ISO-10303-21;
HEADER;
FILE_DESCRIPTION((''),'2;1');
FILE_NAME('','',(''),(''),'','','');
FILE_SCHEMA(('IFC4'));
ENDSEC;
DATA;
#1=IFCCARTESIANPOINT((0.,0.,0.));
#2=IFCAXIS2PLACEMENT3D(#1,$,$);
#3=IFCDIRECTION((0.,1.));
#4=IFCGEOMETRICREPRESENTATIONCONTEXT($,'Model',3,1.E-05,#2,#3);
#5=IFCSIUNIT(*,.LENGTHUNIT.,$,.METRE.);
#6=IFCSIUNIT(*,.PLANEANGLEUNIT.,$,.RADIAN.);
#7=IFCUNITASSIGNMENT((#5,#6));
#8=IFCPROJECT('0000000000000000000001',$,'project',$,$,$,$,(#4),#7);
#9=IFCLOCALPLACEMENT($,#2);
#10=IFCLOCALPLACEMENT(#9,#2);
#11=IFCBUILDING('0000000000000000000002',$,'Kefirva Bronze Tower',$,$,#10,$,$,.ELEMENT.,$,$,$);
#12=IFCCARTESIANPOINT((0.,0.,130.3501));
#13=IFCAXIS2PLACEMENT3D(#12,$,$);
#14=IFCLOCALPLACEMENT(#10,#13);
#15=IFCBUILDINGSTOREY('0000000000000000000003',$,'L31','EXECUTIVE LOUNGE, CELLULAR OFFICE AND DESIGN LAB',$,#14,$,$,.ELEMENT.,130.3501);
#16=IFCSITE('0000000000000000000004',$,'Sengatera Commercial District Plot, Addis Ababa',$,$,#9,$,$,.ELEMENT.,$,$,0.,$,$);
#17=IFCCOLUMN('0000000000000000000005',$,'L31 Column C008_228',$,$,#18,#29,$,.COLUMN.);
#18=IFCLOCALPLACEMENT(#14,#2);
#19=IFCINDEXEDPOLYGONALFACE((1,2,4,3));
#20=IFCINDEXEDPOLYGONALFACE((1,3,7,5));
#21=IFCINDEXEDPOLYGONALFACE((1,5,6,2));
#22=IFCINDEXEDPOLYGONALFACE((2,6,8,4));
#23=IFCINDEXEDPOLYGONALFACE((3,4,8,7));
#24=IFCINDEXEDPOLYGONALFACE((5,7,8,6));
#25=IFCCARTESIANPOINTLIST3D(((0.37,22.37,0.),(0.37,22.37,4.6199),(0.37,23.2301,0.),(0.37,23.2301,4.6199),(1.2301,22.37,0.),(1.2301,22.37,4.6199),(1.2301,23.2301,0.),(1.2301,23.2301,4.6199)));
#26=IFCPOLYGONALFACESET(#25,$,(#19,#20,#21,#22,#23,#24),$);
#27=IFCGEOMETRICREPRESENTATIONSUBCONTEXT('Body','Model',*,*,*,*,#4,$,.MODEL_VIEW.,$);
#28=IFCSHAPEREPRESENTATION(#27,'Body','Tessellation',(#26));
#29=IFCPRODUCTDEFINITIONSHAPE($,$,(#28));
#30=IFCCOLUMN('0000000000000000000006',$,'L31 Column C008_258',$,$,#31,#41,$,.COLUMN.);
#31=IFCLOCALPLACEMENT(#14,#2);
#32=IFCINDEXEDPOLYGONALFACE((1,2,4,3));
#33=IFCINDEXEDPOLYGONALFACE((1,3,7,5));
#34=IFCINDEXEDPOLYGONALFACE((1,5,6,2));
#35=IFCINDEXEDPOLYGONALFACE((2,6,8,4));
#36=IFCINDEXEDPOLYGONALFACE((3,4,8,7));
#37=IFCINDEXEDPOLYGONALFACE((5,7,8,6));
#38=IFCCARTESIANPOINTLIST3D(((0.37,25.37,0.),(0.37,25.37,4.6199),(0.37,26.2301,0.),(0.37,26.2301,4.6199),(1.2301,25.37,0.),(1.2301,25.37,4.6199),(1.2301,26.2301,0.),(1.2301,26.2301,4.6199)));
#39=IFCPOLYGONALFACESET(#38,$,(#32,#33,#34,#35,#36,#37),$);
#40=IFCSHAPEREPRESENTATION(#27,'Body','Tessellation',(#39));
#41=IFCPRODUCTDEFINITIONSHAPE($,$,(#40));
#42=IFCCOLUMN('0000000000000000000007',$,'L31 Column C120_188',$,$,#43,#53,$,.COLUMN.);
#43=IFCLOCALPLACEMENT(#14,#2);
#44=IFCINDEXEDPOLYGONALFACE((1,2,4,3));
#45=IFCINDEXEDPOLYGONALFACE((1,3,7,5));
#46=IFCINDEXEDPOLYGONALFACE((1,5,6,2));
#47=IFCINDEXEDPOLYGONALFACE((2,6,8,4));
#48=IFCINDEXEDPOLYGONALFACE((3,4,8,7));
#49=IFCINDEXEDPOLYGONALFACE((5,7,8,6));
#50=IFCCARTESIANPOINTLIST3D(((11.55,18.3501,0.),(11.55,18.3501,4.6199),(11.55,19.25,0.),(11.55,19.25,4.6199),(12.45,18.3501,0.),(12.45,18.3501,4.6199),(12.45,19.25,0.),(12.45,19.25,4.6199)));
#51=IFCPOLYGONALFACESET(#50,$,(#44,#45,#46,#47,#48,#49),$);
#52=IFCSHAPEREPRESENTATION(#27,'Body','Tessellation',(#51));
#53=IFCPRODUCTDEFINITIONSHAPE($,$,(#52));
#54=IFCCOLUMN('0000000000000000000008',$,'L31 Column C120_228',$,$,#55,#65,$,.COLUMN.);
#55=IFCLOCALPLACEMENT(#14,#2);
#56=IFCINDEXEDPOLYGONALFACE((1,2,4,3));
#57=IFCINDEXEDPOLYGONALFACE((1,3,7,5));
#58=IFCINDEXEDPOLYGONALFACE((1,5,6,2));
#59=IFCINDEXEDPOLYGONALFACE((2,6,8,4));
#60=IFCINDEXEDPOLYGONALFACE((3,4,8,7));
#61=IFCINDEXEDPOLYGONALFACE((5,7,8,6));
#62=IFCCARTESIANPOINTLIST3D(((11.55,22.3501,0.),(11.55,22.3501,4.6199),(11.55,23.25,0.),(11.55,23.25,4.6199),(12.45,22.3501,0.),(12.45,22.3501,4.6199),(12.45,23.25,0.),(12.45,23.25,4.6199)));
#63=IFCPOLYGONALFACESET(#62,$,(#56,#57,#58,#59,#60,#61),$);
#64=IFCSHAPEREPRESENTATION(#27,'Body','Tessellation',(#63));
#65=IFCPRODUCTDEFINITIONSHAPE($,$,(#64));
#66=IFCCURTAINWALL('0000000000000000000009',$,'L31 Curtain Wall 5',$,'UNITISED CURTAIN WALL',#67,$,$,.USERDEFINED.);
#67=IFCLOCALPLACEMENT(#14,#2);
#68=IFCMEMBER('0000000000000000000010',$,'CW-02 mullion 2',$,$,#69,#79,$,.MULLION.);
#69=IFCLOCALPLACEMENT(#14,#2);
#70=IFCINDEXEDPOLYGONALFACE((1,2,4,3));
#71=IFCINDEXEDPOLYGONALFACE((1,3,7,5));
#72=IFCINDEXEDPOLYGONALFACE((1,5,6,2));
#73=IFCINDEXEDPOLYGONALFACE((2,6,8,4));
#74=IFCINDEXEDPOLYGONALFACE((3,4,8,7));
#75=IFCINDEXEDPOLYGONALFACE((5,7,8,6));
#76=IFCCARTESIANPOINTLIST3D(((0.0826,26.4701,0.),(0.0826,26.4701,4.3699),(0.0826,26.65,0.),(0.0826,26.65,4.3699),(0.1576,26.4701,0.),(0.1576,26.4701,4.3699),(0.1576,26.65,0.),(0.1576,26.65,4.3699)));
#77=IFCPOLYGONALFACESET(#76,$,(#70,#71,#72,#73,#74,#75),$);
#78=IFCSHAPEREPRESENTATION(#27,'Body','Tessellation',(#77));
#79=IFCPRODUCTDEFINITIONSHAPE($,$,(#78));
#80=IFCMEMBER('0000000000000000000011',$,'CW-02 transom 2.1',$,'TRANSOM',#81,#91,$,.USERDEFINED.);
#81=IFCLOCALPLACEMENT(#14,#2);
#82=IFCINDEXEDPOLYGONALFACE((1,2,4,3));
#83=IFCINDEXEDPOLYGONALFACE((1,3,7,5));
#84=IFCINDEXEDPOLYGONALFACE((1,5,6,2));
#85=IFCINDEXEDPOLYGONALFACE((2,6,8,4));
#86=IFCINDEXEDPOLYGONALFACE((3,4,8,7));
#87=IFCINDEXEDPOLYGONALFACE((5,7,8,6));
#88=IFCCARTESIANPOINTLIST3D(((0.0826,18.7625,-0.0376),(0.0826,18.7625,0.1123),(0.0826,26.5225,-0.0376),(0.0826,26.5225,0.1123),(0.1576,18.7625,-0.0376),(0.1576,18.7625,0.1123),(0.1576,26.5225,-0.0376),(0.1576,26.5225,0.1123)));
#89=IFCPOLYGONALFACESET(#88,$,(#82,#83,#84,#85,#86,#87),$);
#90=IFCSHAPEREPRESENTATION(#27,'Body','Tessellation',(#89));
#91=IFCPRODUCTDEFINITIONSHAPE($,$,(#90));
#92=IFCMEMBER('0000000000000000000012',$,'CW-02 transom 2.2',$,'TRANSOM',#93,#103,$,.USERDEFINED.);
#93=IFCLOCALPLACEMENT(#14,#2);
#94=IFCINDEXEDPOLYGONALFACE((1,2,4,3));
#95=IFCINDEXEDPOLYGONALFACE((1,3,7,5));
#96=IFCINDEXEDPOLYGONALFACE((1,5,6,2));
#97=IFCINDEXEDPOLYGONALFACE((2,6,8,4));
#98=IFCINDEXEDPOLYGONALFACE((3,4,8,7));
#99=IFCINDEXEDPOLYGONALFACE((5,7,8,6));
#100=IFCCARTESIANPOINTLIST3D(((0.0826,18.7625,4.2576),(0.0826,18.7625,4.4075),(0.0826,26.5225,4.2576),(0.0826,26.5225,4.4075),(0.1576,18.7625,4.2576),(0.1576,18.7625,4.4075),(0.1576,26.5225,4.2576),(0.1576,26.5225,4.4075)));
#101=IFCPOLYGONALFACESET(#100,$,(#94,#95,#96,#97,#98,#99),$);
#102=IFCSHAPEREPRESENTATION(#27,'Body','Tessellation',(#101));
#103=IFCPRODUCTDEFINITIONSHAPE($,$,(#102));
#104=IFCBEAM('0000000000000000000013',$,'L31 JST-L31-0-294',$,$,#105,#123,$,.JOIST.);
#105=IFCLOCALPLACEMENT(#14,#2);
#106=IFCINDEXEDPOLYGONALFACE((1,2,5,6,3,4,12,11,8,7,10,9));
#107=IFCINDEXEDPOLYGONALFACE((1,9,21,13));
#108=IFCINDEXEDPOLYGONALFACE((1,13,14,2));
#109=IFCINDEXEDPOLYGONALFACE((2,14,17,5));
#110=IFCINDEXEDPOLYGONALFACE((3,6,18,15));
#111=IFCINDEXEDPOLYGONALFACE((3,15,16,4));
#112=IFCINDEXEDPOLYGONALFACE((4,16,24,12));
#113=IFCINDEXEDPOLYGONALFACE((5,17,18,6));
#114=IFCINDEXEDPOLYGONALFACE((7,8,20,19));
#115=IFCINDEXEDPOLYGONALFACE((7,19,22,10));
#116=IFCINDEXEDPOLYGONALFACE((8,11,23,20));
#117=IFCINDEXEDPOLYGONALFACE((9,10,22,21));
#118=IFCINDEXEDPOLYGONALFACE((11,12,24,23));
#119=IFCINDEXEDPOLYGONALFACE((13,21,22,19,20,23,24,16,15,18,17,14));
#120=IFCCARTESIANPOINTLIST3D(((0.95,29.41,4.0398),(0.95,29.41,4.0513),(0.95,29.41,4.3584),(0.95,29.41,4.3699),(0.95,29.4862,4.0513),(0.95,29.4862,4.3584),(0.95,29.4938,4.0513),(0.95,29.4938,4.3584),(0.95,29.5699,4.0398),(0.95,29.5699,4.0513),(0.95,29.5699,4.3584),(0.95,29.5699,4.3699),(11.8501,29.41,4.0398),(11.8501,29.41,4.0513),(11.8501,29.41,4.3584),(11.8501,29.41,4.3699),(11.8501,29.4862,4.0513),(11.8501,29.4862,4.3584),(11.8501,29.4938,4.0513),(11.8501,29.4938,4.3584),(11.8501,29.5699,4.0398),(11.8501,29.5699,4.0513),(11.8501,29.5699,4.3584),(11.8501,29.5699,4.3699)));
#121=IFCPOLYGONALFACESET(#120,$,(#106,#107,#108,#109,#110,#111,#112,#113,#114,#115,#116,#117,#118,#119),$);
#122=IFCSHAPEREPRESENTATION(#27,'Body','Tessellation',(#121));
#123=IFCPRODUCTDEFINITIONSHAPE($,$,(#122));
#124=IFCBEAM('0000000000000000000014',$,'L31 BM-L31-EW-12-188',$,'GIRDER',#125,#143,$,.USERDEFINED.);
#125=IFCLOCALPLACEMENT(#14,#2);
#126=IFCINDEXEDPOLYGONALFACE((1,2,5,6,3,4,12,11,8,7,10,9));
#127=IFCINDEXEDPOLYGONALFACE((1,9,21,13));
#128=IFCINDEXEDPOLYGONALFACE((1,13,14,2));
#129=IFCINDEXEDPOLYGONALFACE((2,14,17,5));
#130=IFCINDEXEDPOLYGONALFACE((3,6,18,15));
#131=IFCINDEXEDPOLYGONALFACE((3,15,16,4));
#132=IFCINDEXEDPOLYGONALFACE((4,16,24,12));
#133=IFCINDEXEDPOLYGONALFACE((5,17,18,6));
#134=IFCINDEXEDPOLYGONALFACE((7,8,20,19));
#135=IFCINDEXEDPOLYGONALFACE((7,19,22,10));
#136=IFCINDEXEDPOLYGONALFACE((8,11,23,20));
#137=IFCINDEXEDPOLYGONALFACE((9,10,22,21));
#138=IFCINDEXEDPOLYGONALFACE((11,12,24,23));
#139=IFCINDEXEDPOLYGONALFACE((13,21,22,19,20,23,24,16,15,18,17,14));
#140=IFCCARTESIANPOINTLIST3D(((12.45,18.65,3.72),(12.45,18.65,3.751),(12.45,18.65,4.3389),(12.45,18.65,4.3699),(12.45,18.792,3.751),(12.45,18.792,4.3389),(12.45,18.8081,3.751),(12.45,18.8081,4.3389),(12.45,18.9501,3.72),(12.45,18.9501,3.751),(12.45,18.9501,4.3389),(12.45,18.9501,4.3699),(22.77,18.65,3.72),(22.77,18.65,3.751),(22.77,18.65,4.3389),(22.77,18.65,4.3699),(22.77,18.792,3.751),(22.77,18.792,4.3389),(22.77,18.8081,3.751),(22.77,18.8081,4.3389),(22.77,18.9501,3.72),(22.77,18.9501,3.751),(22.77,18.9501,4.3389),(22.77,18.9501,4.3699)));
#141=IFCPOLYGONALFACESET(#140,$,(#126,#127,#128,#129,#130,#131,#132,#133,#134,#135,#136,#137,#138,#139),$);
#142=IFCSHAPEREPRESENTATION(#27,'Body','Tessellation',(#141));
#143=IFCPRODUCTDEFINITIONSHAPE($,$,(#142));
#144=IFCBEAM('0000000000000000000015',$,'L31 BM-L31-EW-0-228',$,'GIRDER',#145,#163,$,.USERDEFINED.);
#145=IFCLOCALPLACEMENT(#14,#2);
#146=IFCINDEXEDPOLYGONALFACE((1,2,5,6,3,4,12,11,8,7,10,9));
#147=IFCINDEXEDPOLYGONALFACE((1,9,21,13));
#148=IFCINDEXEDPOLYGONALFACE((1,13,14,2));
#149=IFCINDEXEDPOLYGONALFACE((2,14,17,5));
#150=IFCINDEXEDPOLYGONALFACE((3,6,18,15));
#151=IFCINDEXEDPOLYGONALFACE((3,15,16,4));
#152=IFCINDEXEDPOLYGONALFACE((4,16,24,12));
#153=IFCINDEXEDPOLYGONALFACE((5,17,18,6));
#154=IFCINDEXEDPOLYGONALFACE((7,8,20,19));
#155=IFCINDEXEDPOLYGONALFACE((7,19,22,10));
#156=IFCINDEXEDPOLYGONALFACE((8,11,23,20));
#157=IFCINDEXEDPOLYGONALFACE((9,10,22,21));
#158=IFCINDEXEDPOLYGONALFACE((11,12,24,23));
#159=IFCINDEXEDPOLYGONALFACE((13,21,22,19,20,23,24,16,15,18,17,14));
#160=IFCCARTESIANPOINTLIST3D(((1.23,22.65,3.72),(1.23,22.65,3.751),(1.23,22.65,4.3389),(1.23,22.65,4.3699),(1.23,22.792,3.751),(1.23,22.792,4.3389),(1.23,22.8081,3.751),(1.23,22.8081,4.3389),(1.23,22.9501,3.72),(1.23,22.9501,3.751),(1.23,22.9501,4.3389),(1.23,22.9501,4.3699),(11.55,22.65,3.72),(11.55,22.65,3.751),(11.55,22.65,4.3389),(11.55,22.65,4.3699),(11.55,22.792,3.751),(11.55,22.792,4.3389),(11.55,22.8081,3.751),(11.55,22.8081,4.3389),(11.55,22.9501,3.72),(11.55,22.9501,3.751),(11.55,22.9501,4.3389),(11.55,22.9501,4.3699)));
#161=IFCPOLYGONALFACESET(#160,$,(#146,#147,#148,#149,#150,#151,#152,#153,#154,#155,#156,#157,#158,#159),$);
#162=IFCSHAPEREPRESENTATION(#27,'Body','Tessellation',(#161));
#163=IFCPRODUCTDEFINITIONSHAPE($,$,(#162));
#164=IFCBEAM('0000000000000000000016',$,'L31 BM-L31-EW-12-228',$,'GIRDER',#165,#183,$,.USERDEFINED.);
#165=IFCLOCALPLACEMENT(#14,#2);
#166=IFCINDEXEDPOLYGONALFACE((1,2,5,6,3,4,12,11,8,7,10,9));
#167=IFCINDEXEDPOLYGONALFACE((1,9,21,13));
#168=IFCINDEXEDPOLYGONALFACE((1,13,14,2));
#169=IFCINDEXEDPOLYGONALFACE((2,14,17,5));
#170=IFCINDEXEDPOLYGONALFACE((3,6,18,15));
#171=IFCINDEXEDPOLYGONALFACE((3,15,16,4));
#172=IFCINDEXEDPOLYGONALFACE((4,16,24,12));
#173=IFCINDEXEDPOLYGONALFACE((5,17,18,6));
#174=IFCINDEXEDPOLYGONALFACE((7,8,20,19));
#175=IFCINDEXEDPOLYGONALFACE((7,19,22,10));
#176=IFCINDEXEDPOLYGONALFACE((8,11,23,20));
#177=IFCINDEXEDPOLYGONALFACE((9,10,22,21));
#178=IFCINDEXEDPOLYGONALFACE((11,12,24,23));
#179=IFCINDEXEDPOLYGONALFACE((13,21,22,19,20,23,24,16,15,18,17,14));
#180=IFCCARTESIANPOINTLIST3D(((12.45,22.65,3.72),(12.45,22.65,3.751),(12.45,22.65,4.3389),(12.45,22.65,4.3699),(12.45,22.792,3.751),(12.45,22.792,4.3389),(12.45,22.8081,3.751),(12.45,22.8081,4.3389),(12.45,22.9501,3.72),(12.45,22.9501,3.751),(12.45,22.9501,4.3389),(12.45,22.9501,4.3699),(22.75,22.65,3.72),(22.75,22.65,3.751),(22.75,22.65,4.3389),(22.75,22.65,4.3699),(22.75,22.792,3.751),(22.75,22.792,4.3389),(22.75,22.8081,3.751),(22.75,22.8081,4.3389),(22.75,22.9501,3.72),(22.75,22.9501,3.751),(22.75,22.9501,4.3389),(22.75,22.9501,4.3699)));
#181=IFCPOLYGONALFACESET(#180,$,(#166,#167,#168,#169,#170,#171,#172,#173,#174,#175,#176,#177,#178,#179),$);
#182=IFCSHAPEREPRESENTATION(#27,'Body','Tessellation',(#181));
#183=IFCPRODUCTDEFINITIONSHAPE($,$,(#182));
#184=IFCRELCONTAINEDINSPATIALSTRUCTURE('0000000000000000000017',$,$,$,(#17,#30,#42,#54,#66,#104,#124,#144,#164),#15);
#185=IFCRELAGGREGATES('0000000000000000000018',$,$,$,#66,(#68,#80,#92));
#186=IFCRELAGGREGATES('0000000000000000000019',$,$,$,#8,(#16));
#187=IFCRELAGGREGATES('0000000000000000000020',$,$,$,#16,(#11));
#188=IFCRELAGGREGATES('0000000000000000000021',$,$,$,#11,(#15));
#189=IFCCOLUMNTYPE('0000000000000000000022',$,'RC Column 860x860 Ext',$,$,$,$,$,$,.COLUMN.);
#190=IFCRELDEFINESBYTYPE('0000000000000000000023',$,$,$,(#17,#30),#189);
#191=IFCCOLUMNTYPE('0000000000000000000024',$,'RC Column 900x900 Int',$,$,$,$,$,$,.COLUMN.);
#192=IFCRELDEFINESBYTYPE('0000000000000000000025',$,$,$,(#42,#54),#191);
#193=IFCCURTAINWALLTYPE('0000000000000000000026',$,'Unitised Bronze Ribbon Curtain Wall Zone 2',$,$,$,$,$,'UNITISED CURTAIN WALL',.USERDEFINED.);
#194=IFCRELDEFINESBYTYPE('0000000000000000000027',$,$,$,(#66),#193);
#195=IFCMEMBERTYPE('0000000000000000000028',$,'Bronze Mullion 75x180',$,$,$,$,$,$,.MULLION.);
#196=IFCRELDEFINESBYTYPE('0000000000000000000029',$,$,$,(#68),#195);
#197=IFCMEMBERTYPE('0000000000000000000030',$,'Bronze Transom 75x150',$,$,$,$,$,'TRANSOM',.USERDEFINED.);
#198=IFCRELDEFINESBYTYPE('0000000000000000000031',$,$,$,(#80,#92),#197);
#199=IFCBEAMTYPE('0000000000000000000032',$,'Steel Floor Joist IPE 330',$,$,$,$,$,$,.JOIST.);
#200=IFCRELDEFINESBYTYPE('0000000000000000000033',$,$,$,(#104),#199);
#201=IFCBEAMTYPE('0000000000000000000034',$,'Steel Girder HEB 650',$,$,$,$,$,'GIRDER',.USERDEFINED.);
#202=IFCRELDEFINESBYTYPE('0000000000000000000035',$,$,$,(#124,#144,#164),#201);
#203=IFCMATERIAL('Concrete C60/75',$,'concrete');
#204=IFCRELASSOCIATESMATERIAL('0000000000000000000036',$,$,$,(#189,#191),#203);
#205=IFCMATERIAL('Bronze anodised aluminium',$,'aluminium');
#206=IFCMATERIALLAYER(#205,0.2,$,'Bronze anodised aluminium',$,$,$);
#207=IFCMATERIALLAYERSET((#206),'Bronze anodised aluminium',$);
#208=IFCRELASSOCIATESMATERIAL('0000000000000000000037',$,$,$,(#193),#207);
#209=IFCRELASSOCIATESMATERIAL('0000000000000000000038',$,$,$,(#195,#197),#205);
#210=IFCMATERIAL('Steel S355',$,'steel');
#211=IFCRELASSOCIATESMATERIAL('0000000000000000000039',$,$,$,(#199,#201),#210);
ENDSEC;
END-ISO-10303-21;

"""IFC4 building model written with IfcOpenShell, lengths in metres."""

from ifc_helpers import new_model, si_unit, direction, frame, origin, origin_2d, place, context, subcontext, project, spatial, rectangle, i_section, extrude, material, layer, layer_set, material_profile, profile_set, type_object, element, aggregate, save


model = new_model("IFC4")

# Units and contexts
model_context = context("Model", 3, precision=1e-05, world=origin(), true_north=direction((0.0, 1.0)))
body_context = subcontext(model_context, "Body", "Model", "MODEL_VIEW")
ifc_project = project(units=[si_unit("LENGTHUNIT", "METRE"), si_unit("PLANEANGLEUNIT", "RADIAN")], contexts=[model_context])

# Site, building, storey
site_placement = place(None, origin())
site = spatial("IfcSite", under=ifc_project, at=site_placement, Name="Sengatera Commercial District Plot, Addis Ababa", CompositionType="ELEMENT", RefElevation=0.0)
building_placement = place(site_placement, origin())
building = spatial("IfcBuilding", under=site, at=building_placement, Name="Kefirva Bronze Tower", CompositionType="ELEMENT")
storey_placement = place(building_placement, frame((0.0, 0.0, 130.3501)))
storey = spatial("IfcBuildingStorey", under=building, at=storey_placement, Name="L31", Description="EXECUTIVE LOUNGE, CELLULAR OFFICE AND DESIGN LAB", CompositionType="ELEMENT", Elevation=130.3501)

# Columns
ifc_material_1 = material(Name="Concrete C60/75", Category="concrete")
ifc_material_profile_1 = material_profile(ifc_material_1, rectangle(XDim=0.8601, YDim=0.8601, at=origin_2d()), Name="RC 860x860")
ifc_profile_set_1 = profile_set([ifc_material_profile_1], Name="Concrete C60/75")
column_type_1 = type_object("IfcColumnType", Name="RC Column 860x860 Ext", PredefinedType="COLUMN", material=ifc_profile_set_1)
for number, where, z_axis, x_axis, name in (
    (1, (0.8, 22.8, 0.0), (0.0, 0.0, 1.0), (1.0, 0.0, 0.0), "L31 Column C008_228"),
    (2, (0.8, 25.8, 0.0), (0.0, 0.0, 1.0), (1.0, 0.0, 0.0), "L31 Column C008_258"),
):
    element("IfcColumn", number, at=place(storey_placement, frame(where, z_axis=z_axis, x_axis=x_axis)), inside=storey, type_object=column_type_1, Name=name, PredefinedType="COLUMN", context=body_context, shape_type="SweptSolid", body=[
        extrude(rectangle(XDim=0.8601, YDim=0.8601, at=origin_2d()), origin(), (0.0, 0.0, 1.0), 4.6199),
    ])
ifc_material_profile_2 = material_profile(ifc_material_1, rectangle(XDim=0.8999, YDim=0.8999, at=origin_2d()), Name="RC 900x900")
ifc_profile_set_2 = profile_set([ifc_material_profile_2], Name="Concrete C60/75")
column_type_2 = type_object("IfcColumnType", Name="RC Column 900x900 Int", PredefinedType="COLUMN", material=ifc_profile_set_2)
for number, where, z_axis, x_axis, name in (
    (3, (12.0, 18.8, 0.0), (0.0, 0.0, 1.0), (1.0, 0.0, 0.0), "L31 Column C120_188"),
    (4, (12.0, 22.8, 0.0), (0.0, 0.0, 1.0), (1.0, 0.0, 0.0), "L31 Column C120_228"),
):
    element("IfcColumn", number, at=place(storey_placement, frame(where, z_axis=z_axis, x_axis=x_axis)), inside=storey, type_object=column_type_2, Name=name, PredefinedType="COLUMN", context=body_context, shape_type="SweptSolid", body=[
        extrude(rectangle(XDim=0.8999, YDim=0.8999, at=origin_2d()), origin(), (0.0, 0.0, 1.0), 4.6199),
    ])

# Curtain wall, members
ifc_material_2 = material(Name="Bronze anodised aluminium", Category="aluminium")
ifc_layer_1 = layer(ifc_material_2, 0.2, Name="Bronze anodised aluminium")
ifc_layer_set_1 = layer_set([ifc_layer_1], Name="Bronze anodised aluminium")
curtain_wall_type = type_object("IfcCurtainWallType", Name="Unitised Bronze Ribbon Curtain Wall Zone 2", ElementType="UNITISED CURTAIN WALL", PredefinedType="USERDEFINED", material=ifc_layer_set_1)
curtain_wall_placement = place(storey_placement, origin())
curtain_wall = element("IfcCurtainWall", 5, at=curtain_wall_placement, inside=storey, type_object=curtain_wall_type, Name="L31 Curtain Wall 5", ObjectType="UNITISED CURTAIN WALL", PredefinedType="USERDEFINED")
ifc_material_profile_3 = material_profile(ifc_material_2, rectangle(XDim=0.075, YDim=0.1799, at=origin_2d()), Name="ALU 75x180")
ifc_profile_set_3 = profile_set([ifc_material_profile_3], Name="Bronze anodised aluminium")
member_type_1 = type_object("IfcMemberType", Name="Bronze Mullion 75x180", PredefinedType="MULLION", material=ifc_profile_set_3)
member_1_placement = place(storey_placement, frame((0.1201, 26.5601, 0.0), z_axis=(0.0, 0.0, 1.0), x_axis=(1.0, 0.0, 0.0)))
member_1 = element("IfcMember", 6, at=member_1_placement, type_object=member_type_1, Name="CW-02 mullion 2", PredefinedType="MULLION", context=body_context, shape_type="SweptSolid", body=[
    extrude(rectangle(XDim=0.075, YDim=0.1799, at=origin_2d()), origin(), (0.0, 0.0, 1.0), 4.3699),
])
ifc_material_profile_4 = material_profile(ifc_material_2, rectangle(XDim=0.075, YDim=0.1499, at=origin_2d()), Name="ALU 75x150")
ifc_profile_set_4 = profile_set([ifc_material_profile_4], Name="Bronze anodised aluminium")
member_type_2 = type_object("IfcMemberType", Name="Bronze Transom 75x150", ElementType="TRANSOM", PredefinedType="USERDEFINED", material=ifc_profile_set_4)
member_2_placement = place(storey_placement, frame((0.1201, 26.5225, 0.0374), z_axis=(0.0, -1.0, 0.0), x_axis=(1.0, 0.0, 0.0)))
member_2 = element("IfcMember", 7, at=member_2_placement, type_object=member_type_2, Name="CW-02 transom 2.1", ObjectType="TRANSOM", PredefinedType="USERDEFINED", context=body_context, shape_type="SweptSolid", body=[
    extrude(rectangle(XDim=0.075, YDim=0.1499, at=origin_2d()), origin(), (0.0, 0.0, 1.0), 7.76),
])
member_3_placement = place(storey_placement, frame((0.1201, 26.5225, 4.3325), z_axis=(0.0, -1.0, 0.0), x_axis=(1.0, 0.0, 0.0)))
member_3 = element("IfcMember", 8, at=member_3_placement, type_object=member_type_2, Name="CW-02 transom 2.2", ObjectType="TRANSOM", PredefinedType="USERDEFINED", context=body_context, shape_type="SweptSolid", body=[
    extrude(rectangle(XDim=0.075, YDim=0.1499, at=origin_2d()), origin(), (0.0, 0.0, 1.0), 7.76),
])

# Beams
ifc_material_3 = material(Name="Steel S355", Category="steel")
ifc_material_profile_5 = material_profile(ifc_material_3, i_section(OverallWidth=0.1599, OverallDepth=0.3301, WebThickness=0.0076, FlangeThickness=0.0115, at=origin_2d()), Name="IPE 330")
ifc_profile_set_5 = profile_set([ifc_material_profile_5], Name="Steel S355")
beam_type_1 = type_object("IfcBeamType", Name="Steel Floor Joist IPE 330", PredefinedType="JOIST", material=ifc_profile_set_5)
beam_1_placement = place(storey_placement, frame((0.95, 29.49, 4.2048), z_axis=(1.0, 0.0, 0.0), x_axis=(0.0, 1.0, 0.0)))
element("IfcBeam", 9, at=beam_1_placement, inside=storey, type_object=beam_type_1, Name="L31 JST-L31-0-294", PredefinedType="JOIST", context=body_context, shape_type="SweptSolid", body=[
    extrude(i_section(OverallWidth=0.1599, OverallDepth=0.3301, WebThickness=0.0076, FlangeThickness=0.0115, at=origin_2d()), origin(), (0.0, 0.0, 1.0), 10.9001),
])
ifc_material_profile_6 = material_profile(ifc_material_3, i_section(OverallWidth=0.3, OverallDepth=0.6499, WebThickness=0.0161, FlangeThickness=0.031, at=origin_2d()), Name="HEB 650")
ifc_profile_set_6 = profile_set([ifc_material_profile_6], Name="Steel S355")
beam_type_2 = type_object("IfcBeamType", Name="Steel Girder HEB 650", ElementType="GIRDER", PredefinedType="USERDEFINED", material=ifc_profile_set_6)
for number, where, z_axis, x_axis, name in (
    (10, (12.45, 18.8, 4.0449), (1.0, 0.0, 0.0), (0.0, 1.0, 0.0), "L31 BM-L31-EW-12-188"),
    (11, (1.23, 22.8, 4.0449), (1.0, 0.0, 0.0), (0.0, 1.0, 0.0), "L31 BM-L31-EW-0-228"),
):
    element("IfcBeam", number, at=place(storey_placement, frame(where, z_axis=z_axis, x_axis=x_axis)), inside=storey, type_object=beam_type_2, Name=name, ObjectType="GIRDER", PredefinedType="USERDEFINED", context=body_context, shape_type="SweptSolid", body=[
        extrude(i_section(OverallWidth=0.3, OverallDepth=0.6499, WebThickness=0.0161, FlangeThickness=0.031, at=origin_2d()), origin(), (0.0, 0.0, 1.0), 10.3201),
    ])
beam_2_placement = place(storey_placement, frame((12.45, 22.8, 4.0449), z_axis=(1.0, 0.0, 0.0), x_axis=(0.0, 1.0, 0.0)))
element("IfcBeam", 12, at=beam_2_placement, inside=storey, type_object=beam_type_2, Name="L31 BM-L31-EW-12-228", ObjectType="GIRDER", PredefinedType="USERDEFINED", context=body_context, shape_type="SweptSolid", body=[
    extrude(i_section(OverallWidth=0.3, OverallDepth=0.6499, WebThickness=0.0161, FlangeThickness=0.031, at=origin_2d()), origin(), (0.0, 0.0, 1.0), 10.3),
])

aggregate(curtain_wall, [member_1, member_2, member_3])

save(model, "model.ifc")
